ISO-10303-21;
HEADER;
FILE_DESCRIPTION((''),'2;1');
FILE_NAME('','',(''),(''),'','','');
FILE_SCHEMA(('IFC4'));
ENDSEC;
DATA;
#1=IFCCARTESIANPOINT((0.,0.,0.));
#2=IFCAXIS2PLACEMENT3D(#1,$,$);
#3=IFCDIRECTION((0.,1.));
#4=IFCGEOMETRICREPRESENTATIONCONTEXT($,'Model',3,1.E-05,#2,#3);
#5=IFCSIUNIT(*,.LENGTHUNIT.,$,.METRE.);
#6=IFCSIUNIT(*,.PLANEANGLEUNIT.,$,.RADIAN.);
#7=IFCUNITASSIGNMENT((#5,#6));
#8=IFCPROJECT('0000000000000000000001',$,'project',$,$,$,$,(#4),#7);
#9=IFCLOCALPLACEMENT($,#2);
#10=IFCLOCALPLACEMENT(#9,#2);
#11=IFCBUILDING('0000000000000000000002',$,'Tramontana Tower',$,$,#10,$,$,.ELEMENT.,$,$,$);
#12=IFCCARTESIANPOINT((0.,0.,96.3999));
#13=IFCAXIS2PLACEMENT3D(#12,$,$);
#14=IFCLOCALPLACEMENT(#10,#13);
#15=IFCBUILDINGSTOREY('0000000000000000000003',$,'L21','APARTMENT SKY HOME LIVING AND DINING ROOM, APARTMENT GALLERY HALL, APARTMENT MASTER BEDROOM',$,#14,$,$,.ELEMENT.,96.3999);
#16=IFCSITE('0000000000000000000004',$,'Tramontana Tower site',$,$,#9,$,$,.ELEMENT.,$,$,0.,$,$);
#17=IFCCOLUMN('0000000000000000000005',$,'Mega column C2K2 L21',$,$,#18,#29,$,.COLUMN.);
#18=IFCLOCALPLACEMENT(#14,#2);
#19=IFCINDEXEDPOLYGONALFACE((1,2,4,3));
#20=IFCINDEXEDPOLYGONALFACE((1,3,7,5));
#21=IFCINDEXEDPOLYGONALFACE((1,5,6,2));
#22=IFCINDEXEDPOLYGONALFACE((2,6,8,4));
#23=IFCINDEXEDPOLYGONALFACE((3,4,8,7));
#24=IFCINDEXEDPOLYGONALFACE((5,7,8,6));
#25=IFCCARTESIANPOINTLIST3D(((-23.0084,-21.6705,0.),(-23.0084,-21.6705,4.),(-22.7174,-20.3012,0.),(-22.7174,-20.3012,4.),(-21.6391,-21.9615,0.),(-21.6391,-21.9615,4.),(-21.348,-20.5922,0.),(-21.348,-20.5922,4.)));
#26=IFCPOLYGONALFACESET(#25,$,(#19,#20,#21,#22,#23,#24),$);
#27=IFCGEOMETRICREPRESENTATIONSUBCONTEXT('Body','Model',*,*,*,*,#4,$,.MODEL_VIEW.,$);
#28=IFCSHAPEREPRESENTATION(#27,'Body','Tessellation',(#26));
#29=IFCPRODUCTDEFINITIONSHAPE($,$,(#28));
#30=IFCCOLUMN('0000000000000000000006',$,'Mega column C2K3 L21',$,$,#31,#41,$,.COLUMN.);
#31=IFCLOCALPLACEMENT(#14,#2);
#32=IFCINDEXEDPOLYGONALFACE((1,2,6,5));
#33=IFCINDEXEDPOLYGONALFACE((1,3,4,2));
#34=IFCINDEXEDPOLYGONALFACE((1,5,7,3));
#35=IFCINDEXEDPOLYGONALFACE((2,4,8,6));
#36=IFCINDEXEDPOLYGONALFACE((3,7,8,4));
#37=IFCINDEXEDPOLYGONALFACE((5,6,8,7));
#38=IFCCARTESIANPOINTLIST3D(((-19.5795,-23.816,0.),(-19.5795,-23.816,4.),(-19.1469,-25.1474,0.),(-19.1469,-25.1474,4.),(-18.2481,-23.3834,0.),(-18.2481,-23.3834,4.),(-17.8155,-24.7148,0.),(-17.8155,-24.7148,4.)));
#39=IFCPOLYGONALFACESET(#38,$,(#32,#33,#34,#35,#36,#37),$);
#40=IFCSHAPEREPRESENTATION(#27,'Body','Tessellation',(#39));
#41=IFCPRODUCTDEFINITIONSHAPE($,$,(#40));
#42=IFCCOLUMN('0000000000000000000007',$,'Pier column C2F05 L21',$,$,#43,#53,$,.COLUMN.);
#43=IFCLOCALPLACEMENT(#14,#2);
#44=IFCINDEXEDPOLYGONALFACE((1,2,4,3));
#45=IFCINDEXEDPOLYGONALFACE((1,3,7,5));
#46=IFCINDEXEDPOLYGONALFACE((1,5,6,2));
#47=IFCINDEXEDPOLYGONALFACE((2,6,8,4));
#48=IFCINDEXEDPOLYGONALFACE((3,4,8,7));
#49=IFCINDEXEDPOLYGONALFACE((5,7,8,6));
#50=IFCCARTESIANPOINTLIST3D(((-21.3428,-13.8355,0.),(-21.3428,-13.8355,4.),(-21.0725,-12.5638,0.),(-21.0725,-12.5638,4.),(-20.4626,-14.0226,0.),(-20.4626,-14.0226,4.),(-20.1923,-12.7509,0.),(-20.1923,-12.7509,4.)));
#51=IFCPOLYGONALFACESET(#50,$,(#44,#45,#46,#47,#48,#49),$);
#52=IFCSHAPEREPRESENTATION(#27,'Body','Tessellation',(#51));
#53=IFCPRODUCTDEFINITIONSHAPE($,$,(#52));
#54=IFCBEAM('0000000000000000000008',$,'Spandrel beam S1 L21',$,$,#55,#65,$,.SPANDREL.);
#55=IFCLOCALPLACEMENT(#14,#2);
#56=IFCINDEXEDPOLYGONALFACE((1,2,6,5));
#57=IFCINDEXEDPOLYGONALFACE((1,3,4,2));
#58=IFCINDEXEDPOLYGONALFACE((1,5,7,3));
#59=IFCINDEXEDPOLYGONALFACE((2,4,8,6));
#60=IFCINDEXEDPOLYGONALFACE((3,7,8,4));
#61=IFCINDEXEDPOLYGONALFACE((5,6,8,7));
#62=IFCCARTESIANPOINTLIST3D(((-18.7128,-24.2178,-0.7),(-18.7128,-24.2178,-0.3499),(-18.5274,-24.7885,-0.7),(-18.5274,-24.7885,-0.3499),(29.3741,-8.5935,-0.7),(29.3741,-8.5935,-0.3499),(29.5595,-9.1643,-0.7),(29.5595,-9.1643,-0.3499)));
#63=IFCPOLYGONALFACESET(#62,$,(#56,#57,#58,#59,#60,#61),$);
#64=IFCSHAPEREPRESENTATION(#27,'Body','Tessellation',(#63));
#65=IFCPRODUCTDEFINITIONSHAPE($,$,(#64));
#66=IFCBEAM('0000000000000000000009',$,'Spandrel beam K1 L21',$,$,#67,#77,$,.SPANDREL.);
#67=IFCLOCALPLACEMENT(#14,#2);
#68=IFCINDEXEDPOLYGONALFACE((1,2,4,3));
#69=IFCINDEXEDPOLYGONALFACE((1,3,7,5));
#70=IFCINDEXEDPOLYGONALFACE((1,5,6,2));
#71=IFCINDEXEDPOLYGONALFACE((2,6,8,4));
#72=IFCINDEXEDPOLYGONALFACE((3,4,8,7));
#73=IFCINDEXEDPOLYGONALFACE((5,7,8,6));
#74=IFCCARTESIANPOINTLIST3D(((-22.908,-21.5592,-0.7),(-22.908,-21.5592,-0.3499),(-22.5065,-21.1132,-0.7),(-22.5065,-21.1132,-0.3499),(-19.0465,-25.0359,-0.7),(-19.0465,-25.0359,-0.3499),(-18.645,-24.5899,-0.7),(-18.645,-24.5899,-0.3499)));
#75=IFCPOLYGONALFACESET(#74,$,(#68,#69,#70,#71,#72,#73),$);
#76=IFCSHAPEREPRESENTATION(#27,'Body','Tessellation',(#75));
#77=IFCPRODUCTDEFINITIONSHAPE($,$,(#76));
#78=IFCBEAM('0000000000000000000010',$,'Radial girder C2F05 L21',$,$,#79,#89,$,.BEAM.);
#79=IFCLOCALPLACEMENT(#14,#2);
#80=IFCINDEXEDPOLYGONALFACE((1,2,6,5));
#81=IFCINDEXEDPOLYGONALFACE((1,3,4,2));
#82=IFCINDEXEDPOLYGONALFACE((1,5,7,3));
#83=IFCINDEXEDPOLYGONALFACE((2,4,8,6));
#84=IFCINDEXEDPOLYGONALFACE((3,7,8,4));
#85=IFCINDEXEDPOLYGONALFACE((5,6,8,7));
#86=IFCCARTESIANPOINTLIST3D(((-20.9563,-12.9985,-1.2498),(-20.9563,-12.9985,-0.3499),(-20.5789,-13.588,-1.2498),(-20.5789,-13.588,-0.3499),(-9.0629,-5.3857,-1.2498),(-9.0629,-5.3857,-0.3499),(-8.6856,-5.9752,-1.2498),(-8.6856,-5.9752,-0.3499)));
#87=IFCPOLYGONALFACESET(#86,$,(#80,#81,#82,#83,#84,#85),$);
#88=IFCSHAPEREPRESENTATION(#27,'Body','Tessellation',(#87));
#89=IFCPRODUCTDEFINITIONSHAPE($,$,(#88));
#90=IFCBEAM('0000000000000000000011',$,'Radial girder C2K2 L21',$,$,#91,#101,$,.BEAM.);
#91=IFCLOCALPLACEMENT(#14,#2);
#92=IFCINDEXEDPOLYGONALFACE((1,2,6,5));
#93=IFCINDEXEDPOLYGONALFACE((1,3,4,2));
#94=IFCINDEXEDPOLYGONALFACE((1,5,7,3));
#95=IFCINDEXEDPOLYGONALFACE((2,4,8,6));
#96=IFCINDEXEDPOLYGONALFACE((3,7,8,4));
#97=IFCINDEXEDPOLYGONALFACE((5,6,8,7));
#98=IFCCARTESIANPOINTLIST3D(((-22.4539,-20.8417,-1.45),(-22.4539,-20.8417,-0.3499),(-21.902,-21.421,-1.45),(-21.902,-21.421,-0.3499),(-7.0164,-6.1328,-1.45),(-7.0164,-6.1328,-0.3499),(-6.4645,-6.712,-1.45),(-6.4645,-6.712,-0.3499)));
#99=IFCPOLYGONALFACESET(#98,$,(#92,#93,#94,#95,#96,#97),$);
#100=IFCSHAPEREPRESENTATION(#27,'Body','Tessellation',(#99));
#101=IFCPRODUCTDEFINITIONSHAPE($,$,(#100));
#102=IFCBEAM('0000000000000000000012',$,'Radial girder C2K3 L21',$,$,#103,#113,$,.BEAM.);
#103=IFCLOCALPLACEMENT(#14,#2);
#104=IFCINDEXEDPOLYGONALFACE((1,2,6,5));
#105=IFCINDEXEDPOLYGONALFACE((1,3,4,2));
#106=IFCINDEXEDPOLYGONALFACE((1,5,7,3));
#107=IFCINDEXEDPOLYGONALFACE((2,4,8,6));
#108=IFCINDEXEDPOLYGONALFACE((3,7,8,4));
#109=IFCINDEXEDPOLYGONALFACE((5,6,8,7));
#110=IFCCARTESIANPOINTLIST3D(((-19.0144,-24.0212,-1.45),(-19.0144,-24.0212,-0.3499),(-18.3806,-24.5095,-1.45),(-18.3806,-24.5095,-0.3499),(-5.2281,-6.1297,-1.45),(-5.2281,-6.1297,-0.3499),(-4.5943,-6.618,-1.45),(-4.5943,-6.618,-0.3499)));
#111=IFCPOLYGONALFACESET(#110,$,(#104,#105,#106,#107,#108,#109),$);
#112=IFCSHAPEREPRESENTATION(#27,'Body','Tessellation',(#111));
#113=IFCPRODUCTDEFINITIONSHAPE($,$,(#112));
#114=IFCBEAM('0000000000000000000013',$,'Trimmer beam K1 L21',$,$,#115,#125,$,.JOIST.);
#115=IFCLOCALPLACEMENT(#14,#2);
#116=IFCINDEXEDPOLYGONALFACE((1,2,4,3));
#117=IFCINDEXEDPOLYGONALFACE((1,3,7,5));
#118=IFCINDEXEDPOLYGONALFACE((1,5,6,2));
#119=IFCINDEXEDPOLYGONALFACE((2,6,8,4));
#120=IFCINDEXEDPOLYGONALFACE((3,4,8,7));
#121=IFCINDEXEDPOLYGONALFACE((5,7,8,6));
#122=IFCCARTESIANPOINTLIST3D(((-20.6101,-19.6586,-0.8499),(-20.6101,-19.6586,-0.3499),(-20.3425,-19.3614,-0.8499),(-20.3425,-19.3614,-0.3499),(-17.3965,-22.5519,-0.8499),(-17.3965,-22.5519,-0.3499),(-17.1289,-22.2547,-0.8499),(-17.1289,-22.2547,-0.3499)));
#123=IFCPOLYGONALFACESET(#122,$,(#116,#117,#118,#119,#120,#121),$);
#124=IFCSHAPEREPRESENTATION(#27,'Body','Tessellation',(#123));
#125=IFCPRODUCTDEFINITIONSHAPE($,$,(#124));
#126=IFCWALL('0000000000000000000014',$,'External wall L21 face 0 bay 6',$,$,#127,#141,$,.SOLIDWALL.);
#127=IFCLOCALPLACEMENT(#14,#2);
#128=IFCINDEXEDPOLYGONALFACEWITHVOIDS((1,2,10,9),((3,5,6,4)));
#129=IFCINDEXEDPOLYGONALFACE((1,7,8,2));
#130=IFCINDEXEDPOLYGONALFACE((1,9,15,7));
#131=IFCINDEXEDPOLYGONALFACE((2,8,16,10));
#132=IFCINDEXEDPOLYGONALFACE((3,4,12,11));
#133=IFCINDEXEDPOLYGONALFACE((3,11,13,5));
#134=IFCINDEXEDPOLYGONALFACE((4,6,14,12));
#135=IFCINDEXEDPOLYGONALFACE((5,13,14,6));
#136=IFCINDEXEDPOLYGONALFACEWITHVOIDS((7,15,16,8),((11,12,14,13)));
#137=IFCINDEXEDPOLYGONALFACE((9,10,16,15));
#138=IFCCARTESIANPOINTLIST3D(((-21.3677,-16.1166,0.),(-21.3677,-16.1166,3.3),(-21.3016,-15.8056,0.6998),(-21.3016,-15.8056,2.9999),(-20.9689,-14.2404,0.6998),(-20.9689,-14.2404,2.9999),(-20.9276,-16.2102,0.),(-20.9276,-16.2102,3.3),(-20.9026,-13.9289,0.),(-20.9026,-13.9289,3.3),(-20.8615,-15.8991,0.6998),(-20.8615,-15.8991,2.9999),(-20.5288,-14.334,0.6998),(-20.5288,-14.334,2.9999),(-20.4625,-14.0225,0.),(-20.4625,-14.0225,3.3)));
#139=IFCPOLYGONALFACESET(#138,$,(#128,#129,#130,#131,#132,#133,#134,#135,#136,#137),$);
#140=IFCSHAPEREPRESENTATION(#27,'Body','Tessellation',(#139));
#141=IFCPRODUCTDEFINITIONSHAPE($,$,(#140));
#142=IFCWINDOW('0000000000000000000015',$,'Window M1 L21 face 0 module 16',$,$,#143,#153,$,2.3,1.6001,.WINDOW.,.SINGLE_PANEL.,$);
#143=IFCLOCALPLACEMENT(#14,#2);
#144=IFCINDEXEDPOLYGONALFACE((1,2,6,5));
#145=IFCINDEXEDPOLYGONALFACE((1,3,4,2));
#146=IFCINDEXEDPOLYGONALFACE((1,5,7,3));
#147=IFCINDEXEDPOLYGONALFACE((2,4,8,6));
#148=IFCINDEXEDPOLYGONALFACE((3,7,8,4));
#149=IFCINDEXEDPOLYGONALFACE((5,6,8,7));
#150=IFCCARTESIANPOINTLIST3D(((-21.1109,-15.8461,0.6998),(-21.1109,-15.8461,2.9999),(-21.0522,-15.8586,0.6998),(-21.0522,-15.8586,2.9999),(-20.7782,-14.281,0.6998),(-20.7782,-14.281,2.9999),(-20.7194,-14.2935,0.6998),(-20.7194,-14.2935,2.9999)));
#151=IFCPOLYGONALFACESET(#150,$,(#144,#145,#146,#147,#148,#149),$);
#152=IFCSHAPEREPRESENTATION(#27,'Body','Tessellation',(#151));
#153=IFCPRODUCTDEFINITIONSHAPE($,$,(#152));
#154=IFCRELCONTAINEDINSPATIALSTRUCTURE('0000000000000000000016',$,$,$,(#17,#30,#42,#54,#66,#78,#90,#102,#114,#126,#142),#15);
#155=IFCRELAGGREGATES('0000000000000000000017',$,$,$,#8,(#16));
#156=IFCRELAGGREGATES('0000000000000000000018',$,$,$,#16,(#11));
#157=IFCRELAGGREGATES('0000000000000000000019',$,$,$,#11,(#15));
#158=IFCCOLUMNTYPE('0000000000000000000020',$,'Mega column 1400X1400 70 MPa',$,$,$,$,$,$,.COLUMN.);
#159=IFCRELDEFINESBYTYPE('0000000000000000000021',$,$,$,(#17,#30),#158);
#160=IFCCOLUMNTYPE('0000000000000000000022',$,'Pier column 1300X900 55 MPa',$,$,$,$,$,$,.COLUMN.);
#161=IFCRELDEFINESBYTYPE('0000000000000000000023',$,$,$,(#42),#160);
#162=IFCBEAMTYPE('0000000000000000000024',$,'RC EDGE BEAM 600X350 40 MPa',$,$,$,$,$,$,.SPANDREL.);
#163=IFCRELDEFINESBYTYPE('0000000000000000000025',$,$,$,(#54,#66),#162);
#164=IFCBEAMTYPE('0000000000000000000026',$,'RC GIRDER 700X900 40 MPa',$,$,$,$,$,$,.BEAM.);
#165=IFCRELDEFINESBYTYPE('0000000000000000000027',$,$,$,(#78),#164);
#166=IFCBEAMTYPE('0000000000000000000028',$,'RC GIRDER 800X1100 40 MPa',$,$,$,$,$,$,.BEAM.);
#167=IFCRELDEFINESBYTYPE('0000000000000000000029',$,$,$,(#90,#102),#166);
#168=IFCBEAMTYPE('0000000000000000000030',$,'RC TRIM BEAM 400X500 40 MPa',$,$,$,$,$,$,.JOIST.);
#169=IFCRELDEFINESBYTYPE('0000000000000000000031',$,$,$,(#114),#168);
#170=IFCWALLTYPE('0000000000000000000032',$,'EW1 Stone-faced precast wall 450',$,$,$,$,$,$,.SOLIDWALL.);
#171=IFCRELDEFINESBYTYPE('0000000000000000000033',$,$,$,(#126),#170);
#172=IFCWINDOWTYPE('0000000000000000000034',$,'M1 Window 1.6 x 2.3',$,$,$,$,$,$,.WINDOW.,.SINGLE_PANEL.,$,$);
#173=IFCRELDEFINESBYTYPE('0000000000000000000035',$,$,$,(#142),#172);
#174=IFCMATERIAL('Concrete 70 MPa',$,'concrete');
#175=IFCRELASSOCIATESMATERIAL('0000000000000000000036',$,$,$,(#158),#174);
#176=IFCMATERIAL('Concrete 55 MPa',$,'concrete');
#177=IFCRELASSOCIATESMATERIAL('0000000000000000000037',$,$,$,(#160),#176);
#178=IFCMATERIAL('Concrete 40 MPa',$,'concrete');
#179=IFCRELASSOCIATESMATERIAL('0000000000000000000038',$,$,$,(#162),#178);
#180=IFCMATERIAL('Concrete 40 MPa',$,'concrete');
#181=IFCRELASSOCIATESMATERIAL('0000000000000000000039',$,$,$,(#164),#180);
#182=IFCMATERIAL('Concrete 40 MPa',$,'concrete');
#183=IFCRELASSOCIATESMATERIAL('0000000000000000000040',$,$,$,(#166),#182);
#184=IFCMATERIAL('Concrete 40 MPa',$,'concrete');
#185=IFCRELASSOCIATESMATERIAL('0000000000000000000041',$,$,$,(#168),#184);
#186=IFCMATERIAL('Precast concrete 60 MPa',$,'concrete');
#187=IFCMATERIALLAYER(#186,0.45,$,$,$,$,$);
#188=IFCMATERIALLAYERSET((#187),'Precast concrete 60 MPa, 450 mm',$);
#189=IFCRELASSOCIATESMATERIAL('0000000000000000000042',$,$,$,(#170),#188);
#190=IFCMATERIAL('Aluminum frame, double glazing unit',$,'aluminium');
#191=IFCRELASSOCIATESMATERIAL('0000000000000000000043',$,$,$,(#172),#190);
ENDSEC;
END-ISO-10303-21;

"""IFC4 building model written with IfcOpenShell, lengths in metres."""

from ifc_helpers import new_model, si_unit, direction, frame, frame_2d, origin, origin_2d, place, context, subcontext, project, spatial, rectangle, extrude, material, layer, layer_set, material_profile, profile_set, type_object, element, fill, save


model = new_model("IFC4")

# Units and contexts
model_context = context("Model", 3, precision=1e-05, world=origin(), true_north=direction((0.0, 1.0)))
body_context = subcontext(model_context, "Body", "Model", "MODEL_VIEW")
ifc_project = project(units=[si_unit("LENGTHUNIT", "METRE"), si_unit("PLANEANGLEUNIT", "RADIAN")], contexts=[model_context])

# Site, building, storey
site_placement = place(None, origin())
site = spatial("IfcSite", under=ifc_project, at=site_placement, Name="Tramontana Tower site", CompositionType="ELEMENT", RefElevation=0.0)
building_placement = place(site_placement, origin())
building = spatial("IfcBuilding", under=site, at=building_placement, Name="Tramontana Tower", CompositionType="ELEMENT")
storey_placement = place(building_placement, frame((0.0, 0.0, 96.3999)))
storey = spatial("IfcBuildingStorey", under=building, at=storey_placement, Name="L21", Description="APARTMENT SKY HOME LIVING AND DINING ROOM, APARTMENT GALLERY HALL, APARTMENT MASTER BEDROOM", CompositionType="ELEMENT", Elevation=96.3999)

# Columns
ifc_material_1 = material(Name="Concrete 70 MPa", Category="concrete")
ifc_material_profile_1 = material_profile(ifc_material_1, rectangle(XDim=1.3999, YDim=1.3999, at=origin_2d()), Name="Mega column 1400X1400 70 MPa")
ifc_profile_set_1 = profile_set([ifc_material_profile_1], Name="Concrete 70 MPa")
column_type_1 = type_object("IfcColumnType", Name="Mega column 1400X1400 70 MPa", PredefinedType="COLUMN", material=ifc_profile_set_1)
for number, where, z_axis, x_axis, name in (
    (1, (-22.1782, -21.1313, 0.0), (0.0, 0.0, 1.0), (-0.207912, -0.978148, 0.0), "Mega column C2K2 L21"),
    (2, (-18.6975, -24.2654, 0.0), (0.0, 0.0, 1.0), (0.951057, 0.309017, 0.0), "Mega column C2K3 L21"),
):
    element("IfcColumn", number, at=place(storey_placement, frame(where, z_axis=z_axis, x_axis=x_axis)), inside=storey, type_object=column_type_1, Name=name, PredefinedType="COLUMN", context=body_context, shape_type="SweptSolid", body=[
        extrude(rectangle(XDim=1.3999, YDim=1.3999, at=origin_2d()), origin(), (0.0, 0.0, 1.0), 4.0),
    ])
ifc_material_2 = material(Name="Concrete 55 MPa", Category="concrete")
ifc_material_profile_2 = material_profile(ifc_material_2, rectangle(XDim=1.3, YDim=0.8999, at=origin_2d()), Name="Pier column 1300X900 55 MPa")
ifc_profile_set_2 = profile_set([ifc_material_profile_2], Name="Concrete 55 MPa")
column_type_2 = type_object("IfcColumnType", Name="Pier column 1300X900 55 MPa", PredefinedType="COLUMN", material=ifc_profile_set_2)
column_placement = place(storey_placement, frame((-20.7676, -13.2932, 0.0), z_axis=(0.0, 0.0, 1.0), x_axis=(-0.207912, -0.978148, 0.0)))
element("IfcColumn", 3, at=column_placement, inside=storey, type_object=column_type_2, Name="Pier column C2F05 L21", PredefinedType="COLUMN", context=body_context, shape_type="SweptSolid", body=[
    extrude(rectangle(XDim=1.3, YDim=0.8999, at=origin_2d()), origin(), (0.0, 0.0, 1.0), 4.0),
])

# Beams
ifc_material_3 = material(Name="Concrete 40 MPa", Category="concrete")
ifc_material_profile_3 = material_profile(ifc_material_3, rectangle(XDim=0.6001, YDim=0.3501, at=origin_2d()), Name="RC EDGE BEAM 600X350 40 MPa")
ifc_profile_set_3 = profile_set([ifc_material_profile_3], Name="Concrete 40 MPa")
beam_type_1 = type_object("IfcBeamType", Name="RC EDGE BEAM 600X350 40 MPa", PredefinedType="SPANDREL", material=ifc_profile_set_3)
beam_1_placement = place(storey_placement, frame((-18.6201, -24.5032, -0.5249), z_axis=(0.951057, 0.309015, 0.0), x_axis=(-0.309015, 0.951057, 0.0)))
element("IfcBeam", 4, at=beam_1_placement, inside=storey, type_object=beam_type_1, Name="Spandrel beam S1 L21", PredefinedType="SPANDREL", context=body_context, shape_type="SweptSolid", body=[
    extrude(rectangle(XDim=0.6001, YDim=0.3501, at=origin_2d()), origin(), (0.0, 0.0, 1.0), 50.5615),
])
beam_2_placement = place(storey_placement, frame((-22.7073, -21.3362, -0.5249), z_axis=(0.743161, -0.669113, 0.0), x_axis=(0.669113, 0.743161, 0.0)))
element("IfcBeam", 5, at=beam_2_placement, inside=storey, type_object=beam_type_1, Name="Spandrel beam K1 L21", PredefinedType="SPANDREL", context=body_context, shape_type="SweptSolid", body=[
    extrude(rectangle(XDim=0.6001, YDim=0.3501, at=origin_2d()), origin(), (0.0, 0.0, 1.0), 5.196),
])
ifc_material_4 = material(Name="Concrete 40 MPa", Category="concrete")
ifc_material_profile_4 = material_profile(ifc_material_4, rectangle(XDim=0.7, YDim=0.8999, at=origin_2d()), Name="RC GIRDER 700X900 40 MPa")
ifc_profile_set_4 = profile_set([ifc_material_profile_4], Name="Concrete 40 MPa")
beam_type_2 = type_object("IfcBeamType", Name="RC GIRDER 700X900 40 MPa", PredefinedType="BEAM", material=ifc_profile_set_4)
beam_3_placement = place(storey_placement, frame((-20.7676, -13.2932, -0.7998), z_axis=(0.842237, 0.539108, 0.0), x_axis=(-0.539108, 0.842237, 0.0)))
element("IfcBeam", 6, at=beam_3_placement, inside=storey, type_object=beam_type_2, Name="Radial girder C2F05 L21", PredefinedType="BEAM", context=body_context, shape_type="SweptSolid", body=[
    extrude(rectangle(XDim=0.7, YDim=0.8999, at=origin_2d()), origin(), (0.0, 0.0, 1.0), 14.1211),
])
ifc_material_5 = material(Name="Concrete 40 MPa", Category="concrete")
ifc_material_profile_5 = material_profile(ifc_material_5, rectangle(XDim=0.8, YDim=1.1001, at=origin_2d()), Name="RC GIRDER 800X1100 40 MPa")
ifc_profile_set_5 = profile_set([ifc_material_profile_5], Name="Concrete 40 MPa")
beam_type_3 = type_object("IfcBeamType", Name="RC GIRDER 800X1100 40 MPa", PredefinedType="BEAM", material=ifc_profile_set_5)
beam_4_placement = place(storey_placement, frame((-22.178, -21.1313, -0.8999), z_axis=(0.723983, 0.689818, 0.0), x_axis=(-0.689818, 0.723983, 0.0)))
element("IfcBeam", 7, at=beam_4_placement, inside=storey, type_object=beam_type_3, Name="Radial girder C2K2 L21", PredefinedType="BEAM", context=body_context, shape_type="SweptSolid", body=[
    extrude(rectangle(XDim=0.8, YDim=1.1001, at=origin_2d()), origin(), (0.0, 0.0, 1.0), 21.323),
])
beam_5_placement = place(storey_placement, frame((-18.6975, -24.2654, -0.8999), z_axis=(0.610367, 0.792119, 0.0), x_axis=(-0.792119, 0.610367, 0.0)))
element("IfcBeam", 8, at=beam_5_placement, inside=storey, type_object=beam_type_3, Name="Radial girder C2K3 L21", PredefinedType="BEAM", context=body_context, shape_type="SweptSolid", body=[
    extrude(rectangle(XDim=0.8, YDim=1.1001, at=origin_2d()), origin(), (0.0, 0.0, 1.0), 22.5869),
])
ifc_material_6 = material(Name="Concrete 40 MPa", Category="concrete")
ifc_material_profile_6 = material_profile(ifc_material_6, rectangle(XDim=0.3999, YDim=0.5, at=origin_2d()), Name="RC TRIM BEAM 400X500 40 MPa")
ifc_profile_set_6 = profile_set([ifc_material_profile_6], Name="Concrete 40 MPa")
beam_type_4 = type_object("IfcBeamType", Name="RC TRIM BEAM 400X500 40 MPa", PredefinedType="JOIST", material=ifc_profile_set_6)
beam_6_placement = place(storey_placement, frame((-20.4763, -19.51, -0.5999), z_axis=(0.743173, -0.669099, 0.0), x_axis=(0.669099, 0.743173, 0.0)))
element("IfcBeam", 9, at=beam_6_placement, inside=storey, type_object=beam_type_4, Name="Trimmer beam K1 L21", PredefinedType="JOIST", context=body_context, shape_type="SweptSolid", body=[
    extrude(rectangle(XDim=0.3999, YDim=0.5, at=origin_2d()), origin(), (0.0, 0.0, 1.0), 4.3242),
])

# Wall, opening, window
ifc_material_7 = material(Name="Precast concrete 60 MPa", Category="concrete")
ifc_layer_1 = layer(ifc_material_7, 0.45)
ifc_layer_set_1 = layer_set([ifc_layer_1], Name="Precast concrete 60 MPa, 450 mm")
wall_type_1 = type_object("IfcWallType", Name="EW1 Stone-faced precast wall 450", PredefinedType="SOLIDWALL", material=ifc_layer_set_1)
wall_1_placement = place(storey_placement, frame((-20.6826, -13.9758, 0.0), z_axis=(0.0, 0.0, 1.0), x_axis=(-0.207941, -0.978141, 0.0)))
wall_1 = element("IfcWall", 10, at=wall_1_placement, inside=storey, type_object=wall_type_1, Name="External wall L21 face 0 bay 6", PredefinedType="SOLIDWALL", context=body_context, shape_type="SweptSolid", body=[
    extrude(rectangle(XDim=2.2366, YDim=0.45, at=frame_2d((1.1182, 0.0))), origin(), (0.0, 0.0, 1.0), 3.3),
])
opening_1_placement = place(wall_1_placement, frame((0.3184, 0.0, 0.7)))
opening_1 = element("IfcOpeningElement", 11, at=opening_1_placement, cuts=wall_1, PredefinedType="OPENING", context=body_context, shape_type="SweptSolid", body=[
    extrude(rectangle(XDim=1.6001, YDim=2.3, at=frame_2d((0.8, 1.1499))), frame((0.0, 0.2349, 0.0), z_axis=(0.0, -1.0, 0.0), x_axis=(1.0, 0.0, 0.0)), (0.0, 0.0, 1.0), 0.47),
])
ifc_material_8 = material(Name="Aluminum frame, double glazing unit", Category="aluminium")
window_type_1 = type_object("IfcWindowType", Name="M1 Window 1.6 x 2.3", PartitioningType="SINGLE_PANEL", PredefinedType="WINDOW", material=ifc_material_8)
window_1_placement = place(opening_1_placement, origin())
window_1 = element("IfcWindow", 12, at=window_1_placement, inside=storey, type_object=window_type_1, Name="Window M1 L21 face 0 module 16", OverallHeight=2.3, OverallWidth=1.6001, PartitioningType="SINGLE_PANEL", PredefinedType="WINDOW", context=body_context, shape_type="SweptSolid", body=[
    extrude(rectangle(XDim=1.6001, YDim=2.3, at=frame_2d((0.8, 1.1499))), frame((0.0, 0.03, 0.0), z_axis=(0.0, -1.0, 0.0), x_axis=(1.0, 0.0, 0.0)), (0.0, 0.0, 1.0), 0.0601),
])
fill(opening_1, window_1)

save(model, "model.ifc")
